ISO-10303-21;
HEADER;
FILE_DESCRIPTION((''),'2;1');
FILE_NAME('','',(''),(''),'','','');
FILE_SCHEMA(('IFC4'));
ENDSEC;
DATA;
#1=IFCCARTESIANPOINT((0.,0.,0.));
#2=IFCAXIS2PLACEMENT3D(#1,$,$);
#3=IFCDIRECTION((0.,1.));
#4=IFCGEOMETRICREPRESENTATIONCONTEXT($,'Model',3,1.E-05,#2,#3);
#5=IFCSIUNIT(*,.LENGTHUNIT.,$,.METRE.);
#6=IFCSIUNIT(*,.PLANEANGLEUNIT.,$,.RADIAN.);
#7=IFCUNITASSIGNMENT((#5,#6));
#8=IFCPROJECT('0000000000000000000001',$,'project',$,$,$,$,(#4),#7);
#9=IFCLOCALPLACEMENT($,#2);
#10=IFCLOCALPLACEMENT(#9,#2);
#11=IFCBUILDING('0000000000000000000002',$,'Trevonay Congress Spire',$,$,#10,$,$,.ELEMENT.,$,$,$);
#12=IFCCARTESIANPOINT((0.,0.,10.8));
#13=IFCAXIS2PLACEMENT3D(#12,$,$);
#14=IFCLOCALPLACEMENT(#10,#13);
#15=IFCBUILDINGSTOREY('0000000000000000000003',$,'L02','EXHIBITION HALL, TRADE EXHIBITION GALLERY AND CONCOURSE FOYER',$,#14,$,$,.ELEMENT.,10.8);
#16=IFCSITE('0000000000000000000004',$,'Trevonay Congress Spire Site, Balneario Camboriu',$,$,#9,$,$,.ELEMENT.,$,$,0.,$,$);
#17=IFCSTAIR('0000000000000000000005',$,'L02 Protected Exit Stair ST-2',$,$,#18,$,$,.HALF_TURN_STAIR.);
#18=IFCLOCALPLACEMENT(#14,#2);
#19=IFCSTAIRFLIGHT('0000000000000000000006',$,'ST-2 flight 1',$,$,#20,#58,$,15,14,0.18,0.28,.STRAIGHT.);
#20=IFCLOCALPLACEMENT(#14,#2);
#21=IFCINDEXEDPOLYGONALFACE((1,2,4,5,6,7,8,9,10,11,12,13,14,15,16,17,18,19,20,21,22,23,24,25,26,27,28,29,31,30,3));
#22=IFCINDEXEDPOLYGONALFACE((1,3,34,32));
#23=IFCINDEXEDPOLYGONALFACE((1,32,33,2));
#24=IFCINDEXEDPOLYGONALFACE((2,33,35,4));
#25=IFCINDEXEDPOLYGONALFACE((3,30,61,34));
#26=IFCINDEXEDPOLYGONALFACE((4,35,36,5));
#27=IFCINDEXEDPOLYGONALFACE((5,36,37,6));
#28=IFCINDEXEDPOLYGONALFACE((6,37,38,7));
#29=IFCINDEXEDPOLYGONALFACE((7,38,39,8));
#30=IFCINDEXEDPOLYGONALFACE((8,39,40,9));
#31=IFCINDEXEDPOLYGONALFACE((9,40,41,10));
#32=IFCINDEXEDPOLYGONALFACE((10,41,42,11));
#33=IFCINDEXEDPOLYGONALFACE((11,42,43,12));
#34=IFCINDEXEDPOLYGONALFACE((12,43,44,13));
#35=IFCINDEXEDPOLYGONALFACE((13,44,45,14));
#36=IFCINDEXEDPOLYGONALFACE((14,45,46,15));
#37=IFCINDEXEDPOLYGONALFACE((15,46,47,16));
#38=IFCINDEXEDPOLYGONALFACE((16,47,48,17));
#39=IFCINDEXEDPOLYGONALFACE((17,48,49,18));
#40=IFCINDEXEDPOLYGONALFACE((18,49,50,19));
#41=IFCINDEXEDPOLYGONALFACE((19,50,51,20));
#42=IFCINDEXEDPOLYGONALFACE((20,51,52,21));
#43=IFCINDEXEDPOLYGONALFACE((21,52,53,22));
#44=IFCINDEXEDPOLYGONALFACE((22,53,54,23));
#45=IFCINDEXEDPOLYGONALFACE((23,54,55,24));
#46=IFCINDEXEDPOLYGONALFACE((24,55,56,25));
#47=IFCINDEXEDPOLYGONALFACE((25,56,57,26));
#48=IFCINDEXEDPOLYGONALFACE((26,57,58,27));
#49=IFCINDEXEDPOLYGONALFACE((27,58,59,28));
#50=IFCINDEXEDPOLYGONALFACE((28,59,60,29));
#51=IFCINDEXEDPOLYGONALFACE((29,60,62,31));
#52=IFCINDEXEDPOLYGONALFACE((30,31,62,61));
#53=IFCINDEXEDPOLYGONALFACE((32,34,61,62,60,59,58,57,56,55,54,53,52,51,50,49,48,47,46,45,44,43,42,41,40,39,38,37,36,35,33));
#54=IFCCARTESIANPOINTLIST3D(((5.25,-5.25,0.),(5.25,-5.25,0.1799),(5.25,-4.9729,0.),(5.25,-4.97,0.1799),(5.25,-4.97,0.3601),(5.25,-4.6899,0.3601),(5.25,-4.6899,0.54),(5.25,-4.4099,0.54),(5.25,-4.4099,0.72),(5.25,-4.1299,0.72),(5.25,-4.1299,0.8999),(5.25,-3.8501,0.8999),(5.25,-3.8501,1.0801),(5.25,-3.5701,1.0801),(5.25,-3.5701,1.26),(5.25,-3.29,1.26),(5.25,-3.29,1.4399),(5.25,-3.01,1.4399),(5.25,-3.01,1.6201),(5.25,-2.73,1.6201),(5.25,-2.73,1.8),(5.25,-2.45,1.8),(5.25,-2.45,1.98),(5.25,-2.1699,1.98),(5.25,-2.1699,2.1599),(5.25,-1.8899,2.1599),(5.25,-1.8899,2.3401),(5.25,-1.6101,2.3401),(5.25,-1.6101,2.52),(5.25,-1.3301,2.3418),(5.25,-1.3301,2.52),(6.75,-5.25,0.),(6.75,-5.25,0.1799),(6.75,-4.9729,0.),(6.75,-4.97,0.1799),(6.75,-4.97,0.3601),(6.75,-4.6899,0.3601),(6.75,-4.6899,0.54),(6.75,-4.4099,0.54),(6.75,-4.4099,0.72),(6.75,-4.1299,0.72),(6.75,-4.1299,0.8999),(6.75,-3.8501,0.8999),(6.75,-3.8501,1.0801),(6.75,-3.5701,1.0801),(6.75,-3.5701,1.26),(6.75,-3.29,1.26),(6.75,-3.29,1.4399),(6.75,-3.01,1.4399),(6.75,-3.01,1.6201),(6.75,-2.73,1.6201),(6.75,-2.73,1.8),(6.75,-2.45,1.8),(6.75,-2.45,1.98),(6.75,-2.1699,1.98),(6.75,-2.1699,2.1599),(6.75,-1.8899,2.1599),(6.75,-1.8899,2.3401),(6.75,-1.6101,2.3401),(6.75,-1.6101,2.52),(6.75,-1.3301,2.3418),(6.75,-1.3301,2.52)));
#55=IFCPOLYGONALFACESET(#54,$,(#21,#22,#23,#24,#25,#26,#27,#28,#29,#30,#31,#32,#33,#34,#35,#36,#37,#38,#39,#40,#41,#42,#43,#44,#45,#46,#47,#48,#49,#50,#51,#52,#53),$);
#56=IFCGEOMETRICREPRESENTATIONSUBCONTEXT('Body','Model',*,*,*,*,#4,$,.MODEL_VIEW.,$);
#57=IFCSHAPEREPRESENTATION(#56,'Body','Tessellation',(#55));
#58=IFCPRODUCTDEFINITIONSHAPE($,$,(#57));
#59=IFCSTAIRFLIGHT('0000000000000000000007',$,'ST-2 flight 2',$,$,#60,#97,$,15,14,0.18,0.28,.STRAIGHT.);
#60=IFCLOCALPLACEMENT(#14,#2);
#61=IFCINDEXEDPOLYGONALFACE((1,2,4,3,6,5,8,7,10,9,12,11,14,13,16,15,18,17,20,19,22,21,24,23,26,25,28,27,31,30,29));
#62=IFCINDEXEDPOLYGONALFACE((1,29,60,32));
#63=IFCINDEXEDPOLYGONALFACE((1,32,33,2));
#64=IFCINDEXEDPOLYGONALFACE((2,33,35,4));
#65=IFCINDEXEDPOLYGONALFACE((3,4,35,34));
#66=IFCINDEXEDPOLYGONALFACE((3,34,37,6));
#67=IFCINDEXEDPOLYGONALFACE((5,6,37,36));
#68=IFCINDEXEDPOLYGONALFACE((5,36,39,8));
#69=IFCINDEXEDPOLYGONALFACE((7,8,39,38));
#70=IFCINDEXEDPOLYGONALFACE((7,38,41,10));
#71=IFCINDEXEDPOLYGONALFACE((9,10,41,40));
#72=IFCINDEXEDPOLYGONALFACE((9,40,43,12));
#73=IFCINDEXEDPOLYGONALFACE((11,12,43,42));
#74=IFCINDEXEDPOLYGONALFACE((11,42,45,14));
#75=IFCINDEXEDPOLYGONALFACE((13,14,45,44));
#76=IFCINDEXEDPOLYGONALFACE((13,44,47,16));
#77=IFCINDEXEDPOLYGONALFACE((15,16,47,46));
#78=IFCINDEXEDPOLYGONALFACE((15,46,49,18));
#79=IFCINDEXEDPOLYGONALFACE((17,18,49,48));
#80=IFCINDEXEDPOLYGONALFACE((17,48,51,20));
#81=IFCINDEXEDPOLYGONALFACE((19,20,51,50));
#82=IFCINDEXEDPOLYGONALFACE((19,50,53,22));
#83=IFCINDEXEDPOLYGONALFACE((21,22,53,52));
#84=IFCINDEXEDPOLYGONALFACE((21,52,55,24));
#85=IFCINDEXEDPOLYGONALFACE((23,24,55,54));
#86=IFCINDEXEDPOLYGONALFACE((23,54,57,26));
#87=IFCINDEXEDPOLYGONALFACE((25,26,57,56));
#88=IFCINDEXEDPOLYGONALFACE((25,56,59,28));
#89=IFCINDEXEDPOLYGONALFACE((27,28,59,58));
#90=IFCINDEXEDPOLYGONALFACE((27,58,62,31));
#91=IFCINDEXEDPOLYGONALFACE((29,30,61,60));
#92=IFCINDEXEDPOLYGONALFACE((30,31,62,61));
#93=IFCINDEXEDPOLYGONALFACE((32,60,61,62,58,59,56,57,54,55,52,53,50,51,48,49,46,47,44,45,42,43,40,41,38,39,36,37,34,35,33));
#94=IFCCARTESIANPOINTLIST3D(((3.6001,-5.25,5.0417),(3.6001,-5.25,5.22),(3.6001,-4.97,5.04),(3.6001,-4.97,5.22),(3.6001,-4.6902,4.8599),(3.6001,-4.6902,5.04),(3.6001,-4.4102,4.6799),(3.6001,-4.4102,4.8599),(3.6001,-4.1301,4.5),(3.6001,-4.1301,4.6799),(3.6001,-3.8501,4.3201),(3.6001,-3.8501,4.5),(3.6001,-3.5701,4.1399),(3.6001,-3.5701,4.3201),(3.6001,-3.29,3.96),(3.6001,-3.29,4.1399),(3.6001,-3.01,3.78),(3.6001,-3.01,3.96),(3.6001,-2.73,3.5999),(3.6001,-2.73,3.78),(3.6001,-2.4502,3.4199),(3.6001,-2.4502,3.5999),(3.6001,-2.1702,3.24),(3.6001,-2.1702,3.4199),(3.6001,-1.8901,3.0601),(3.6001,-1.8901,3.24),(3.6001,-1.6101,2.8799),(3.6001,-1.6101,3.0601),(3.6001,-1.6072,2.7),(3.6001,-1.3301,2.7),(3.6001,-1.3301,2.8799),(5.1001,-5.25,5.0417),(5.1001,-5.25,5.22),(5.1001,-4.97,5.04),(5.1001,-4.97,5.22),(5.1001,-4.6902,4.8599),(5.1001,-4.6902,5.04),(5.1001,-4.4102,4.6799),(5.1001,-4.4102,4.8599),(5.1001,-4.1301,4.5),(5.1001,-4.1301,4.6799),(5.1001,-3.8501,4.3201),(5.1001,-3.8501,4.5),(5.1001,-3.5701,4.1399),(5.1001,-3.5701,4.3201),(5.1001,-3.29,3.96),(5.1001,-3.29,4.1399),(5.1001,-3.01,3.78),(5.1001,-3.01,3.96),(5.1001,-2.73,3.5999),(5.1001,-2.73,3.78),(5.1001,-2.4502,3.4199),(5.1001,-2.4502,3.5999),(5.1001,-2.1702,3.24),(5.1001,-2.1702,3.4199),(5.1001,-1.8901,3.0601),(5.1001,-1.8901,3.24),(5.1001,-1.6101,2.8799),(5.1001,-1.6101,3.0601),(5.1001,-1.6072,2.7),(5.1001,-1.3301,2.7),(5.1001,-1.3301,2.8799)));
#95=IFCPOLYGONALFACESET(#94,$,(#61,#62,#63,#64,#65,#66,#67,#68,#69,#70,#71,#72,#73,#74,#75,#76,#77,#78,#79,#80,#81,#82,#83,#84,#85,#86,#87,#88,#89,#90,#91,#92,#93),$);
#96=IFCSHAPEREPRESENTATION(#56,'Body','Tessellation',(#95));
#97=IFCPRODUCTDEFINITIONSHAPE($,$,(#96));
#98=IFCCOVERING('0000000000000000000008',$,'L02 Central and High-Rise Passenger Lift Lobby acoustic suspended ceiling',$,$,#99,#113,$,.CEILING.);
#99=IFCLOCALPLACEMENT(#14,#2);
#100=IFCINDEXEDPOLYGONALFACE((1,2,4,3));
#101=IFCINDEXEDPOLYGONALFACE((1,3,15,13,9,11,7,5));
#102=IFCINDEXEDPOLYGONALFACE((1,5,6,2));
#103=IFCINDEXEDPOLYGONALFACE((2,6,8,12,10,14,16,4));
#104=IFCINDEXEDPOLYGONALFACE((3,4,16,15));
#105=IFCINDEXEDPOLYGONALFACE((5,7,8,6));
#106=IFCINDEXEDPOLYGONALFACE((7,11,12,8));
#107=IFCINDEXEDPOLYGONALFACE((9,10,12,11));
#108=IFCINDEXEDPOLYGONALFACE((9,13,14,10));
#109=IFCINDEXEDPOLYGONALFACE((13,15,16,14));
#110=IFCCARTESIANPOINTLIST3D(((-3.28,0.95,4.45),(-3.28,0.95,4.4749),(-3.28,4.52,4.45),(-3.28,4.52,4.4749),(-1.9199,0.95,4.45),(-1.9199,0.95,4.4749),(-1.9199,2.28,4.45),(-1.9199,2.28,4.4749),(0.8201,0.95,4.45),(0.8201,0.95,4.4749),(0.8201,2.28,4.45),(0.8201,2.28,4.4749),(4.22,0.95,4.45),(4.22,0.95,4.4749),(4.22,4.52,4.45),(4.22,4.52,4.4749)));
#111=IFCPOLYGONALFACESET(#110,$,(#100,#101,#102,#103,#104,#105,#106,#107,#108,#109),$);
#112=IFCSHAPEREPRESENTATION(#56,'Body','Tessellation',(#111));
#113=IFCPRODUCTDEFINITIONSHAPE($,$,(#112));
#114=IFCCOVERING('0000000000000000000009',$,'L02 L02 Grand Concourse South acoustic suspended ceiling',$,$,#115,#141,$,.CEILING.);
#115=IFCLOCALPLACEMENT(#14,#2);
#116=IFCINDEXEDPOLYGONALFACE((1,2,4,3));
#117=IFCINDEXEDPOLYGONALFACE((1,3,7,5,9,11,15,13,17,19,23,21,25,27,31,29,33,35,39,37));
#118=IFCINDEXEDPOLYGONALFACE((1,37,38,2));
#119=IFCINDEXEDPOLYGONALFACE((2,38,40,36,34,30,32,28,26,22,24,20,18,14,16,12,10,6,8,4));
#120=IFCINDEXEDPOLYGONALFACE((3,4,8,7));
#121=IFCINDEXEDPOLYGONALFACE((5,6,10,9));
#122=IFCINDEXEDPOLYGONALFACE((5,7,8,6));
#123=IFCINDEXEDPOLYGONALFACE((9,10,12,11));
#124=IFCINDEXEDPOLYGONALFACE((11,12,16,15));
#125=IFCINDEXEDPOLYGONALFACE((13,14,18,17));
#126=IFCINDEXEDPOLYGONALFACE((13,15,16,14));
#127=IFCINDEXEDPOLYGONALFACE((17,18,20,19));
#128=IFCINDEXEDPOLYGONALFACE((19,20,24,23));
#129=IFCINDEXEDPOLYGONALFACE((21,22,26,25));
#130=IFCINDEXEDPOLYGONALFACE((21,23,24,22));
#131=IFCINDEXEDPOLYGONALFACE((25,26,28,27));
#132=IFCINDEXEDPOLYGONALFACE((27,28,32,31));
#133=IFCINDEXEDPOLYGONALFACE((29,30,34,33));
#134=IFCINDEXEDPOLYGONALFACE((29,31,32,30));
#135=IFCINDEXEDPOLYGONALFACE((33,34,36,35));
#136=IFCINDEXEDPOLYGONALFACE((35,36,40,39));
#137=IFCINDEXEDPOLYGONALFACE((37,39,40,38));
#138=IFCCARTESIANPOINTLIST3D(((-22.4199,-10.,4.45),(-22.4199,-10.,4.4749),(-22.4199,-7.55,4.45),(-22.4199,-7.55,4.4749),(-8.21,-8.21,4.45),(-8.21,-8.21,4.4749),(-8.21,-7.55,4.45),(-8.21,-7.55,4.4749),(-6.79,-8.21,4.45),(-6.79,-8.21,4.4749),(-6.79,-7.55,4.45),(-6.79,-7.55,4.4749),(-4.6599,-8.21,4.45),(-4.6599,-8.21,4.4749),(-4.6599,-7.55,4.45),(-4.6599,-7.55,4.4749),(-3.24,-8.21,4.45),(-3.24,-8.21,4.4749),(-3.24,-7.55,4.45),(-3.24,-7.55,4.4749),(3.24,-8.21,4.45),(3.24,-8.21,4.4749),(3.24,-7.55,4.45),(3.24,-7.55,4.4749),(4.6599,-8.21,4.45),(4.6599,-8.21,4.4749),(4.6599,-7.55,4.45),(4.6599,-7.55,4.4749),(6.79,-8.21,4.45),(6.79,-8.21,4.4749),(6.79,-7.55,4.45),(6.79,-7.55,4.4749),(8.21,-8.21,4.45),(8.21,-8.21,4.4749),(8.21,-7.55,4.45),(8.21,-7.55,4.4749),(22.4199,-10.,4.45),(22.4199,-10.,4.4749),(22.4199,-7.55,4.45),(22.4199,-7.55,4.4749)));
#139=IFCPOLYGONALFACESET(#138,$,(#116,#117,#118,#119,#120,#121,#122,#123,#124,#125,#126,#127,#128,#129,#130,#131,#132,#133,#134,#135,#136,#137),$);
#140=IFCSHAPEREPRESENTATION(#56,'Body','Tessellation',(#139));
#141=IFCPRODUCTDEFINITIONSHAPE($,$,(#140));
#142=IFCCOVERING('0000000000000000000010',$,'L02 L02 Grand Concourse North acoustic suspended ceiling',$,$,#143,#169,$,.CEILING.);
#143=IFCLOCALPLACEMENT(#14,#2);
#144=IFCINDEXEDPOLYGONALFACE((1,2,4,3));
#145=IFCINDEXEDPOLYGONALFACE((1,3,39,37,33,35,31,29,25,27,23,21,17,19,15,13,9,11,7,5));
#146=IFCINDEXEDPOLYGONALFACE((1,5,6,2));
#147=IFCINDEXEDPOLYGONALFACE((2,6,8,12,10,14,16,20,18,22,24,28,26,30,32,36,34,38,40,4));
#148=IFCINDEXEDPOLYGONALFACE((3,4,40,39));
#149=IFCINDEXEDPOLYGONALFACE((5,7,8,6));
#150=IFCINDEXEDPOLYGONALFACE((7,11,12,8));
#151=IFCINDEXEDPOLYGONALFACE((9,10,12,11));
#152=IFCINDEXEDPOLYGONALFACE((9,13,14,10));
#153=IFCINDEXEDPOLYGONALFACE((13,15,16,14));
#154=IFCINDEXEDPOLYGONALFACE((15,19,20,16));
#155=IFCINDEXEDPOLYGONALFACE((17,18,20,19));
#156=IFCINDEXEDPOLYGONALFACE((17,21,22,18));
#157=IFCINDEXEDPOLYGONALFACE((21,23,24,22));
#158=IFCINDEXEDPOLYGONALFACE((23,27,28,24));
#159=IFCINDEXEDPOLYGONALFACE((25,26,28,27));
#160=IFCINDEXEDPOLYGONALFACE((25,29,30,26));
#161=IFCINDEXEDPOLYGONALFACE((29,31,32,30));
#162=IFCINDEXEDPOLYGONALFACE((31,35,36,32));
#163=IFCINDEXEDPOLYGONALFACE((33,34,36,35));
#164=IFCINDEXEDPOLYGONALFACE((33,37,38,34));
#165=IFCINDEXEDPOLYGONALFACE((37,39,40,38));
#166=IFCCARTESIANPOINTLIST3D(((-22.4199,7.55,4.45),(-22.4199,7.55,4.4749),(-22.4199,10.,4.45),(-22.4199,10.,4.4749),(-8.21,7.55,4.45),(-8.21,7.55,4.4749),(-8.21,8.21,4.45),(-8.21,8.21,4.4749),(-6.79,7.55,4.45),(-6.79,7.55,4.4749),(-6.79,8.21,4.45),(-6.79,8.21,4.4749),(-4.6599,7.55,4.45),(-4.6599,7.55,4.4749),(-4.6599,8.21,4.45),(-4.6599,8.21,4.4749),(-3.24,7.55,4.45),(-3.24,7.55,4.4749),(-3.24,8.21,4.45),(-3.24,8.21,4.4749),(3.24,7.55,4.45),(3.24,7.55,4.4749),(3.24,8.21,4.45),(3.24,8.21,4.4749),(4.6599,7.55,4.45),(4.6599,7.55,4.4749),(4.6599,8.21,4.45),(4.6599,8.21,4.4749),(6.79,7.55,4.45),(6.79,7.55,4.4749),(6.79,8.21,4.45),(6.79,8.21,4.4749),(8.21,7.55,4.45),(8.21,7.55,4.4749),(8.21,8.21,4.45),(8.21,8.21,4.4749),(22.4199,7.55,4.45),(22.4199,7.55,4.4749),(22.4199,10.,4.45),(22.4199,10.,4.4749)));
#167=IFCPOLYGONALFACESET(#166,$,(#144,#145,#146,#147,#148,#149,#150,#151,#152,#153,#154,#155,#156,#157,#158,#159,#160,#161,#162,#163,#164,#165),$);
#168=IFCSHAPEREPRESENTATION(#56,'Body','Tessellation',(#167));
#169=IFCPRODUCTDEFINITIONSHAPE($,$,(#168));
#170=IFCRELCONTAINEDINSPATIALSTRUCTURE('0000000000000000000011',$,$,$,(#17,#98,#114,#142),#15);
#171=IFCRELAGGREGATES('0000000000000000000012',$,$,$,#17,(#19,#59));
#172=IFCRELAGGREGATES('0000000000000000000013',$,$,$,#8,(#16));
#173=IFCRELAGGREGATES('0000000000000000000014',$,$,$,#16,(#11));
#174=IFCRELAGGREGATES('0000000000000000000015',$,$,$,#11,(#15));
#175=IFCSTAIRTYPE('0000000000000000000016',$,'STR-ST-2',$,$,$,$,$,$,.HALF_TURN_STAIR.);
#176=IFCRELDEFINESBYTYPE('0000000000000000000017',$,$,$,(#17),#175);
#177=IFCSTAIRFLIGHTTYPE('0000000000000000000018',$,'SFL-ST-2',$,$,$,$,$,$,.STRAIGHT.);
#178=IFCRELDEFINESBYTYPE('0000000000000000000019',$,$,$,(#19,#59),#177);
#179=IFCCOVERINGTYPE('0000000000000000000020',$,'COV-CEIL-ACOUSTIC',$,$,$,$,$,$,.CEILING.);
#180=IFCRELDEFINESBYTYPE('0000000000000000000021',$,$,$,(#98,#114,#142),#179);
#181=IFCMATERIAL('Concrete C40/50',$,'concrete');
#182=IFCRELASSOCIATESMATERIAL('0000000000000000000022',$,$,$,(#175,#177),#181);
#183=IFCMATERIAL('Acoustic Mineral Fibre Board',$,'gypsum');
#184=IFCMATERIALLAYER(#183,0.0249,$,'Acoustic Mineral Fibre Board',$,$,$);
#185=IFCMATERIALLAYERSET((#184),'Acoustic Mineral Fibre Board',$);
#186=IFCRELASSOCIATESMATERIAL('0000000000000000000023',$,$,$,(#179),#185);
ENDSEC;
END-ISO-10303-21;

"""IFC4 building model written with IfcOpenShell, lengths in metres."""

from ifc_helpers import new_model, si_unit, direction, frame, origin, place, context, subcontext, project, spatial, polyline, outline, extrude, material, layer, layer_set, type_object, element, aggregate, save


model = new_model("IFC4")

# Units and contexts
model_context = context("Model", 3, precision=1e-05, world=origin(), true_north=direction((0.0, 1.0)))
body_context = subcontext(model_context, "Body", "Model", "MODEL_VIEW")
ifc_project = project(units=[si_unit("LENGTHUNIT", "METRE"), si_unit("PLANEANGLEUNIT", "RADIAN")], contexts=[model_context])

# Site, building, storey
site_placement = place(None, origin())
site = spatial("IfcSite", under=ifc_project, at=site_placement, Name="Trevonay Congress Spire Site, Balneario Camboriu", CompositionType="ELEMENT", RefElevation=0.0)
building_placement = place(site_placement, origin())
building = spatial("IfcBuilding", under=site, at=building_placement, Name="Trevonay Congress Spire", CompositionType="ELEMENT")
storey_placement = place(building_placement, frame((0.0, 0.0, 10.8)))
storey = spatial("IfcBuildingStorey", under=building, at=storey_placement, Name="L02", Description="EXHIBITION HALL, TRADE EXHIBITION GALLERY AND CONCOURSE FOYER", CompositionType="ELEMENT", Elevation=10.8)

# Shared definitions
ifc_material_1 = material(Name="Concrete C40/50", Category="concrete")

# Stair, stair flights
stair_type = type_object("IfcStairType", Name="STR-ST-2", PredefinedType="HALF_TURN_STAIR", material=ifc_material_1)
stair_placement = place(storey_placement, origin())
stair = element("IfcStair", 1, at=stair_placement, inside=storey, type_object=stair_type, Name="L02 Protected Exit Stair ST-2", PredefinedType="HALF_TURN_STAIR")
stair_flight_type = type_object("IfcStairFlightType", Name="SFL-ST-2", PredefinedType="STRAIGHT", material=ifc_material_1)
stair_flight_1_placement = place(storey_placement, frame((6.0, -5.25, 0.0), z_axis=(0.0, 0.0, 1.0), x_axis=(0.0, 1.0, 0.0)))
stair_flight_1 = element("IfcStairFlight", 2, at=stair_flight_1_placement, type_object=stair_flight_type, Name="ST-2 flight 1", NumberOfRisers=15, NumberOfTreads=14, PredefinedType="STRAIGHT", RiserHeight=0.18, TreadLength=0.28, context=body_context, shape_type="SweptSolid", body=[
    extrude(outline(polyline([(0.0, 0.0), (0.0, 0.1799), (0.28, 0.1799), (0.28, 0.3601), (0.5601, 0.3601), (0.5601, 0.54), (0.8401, 0.54), (0.8401, 0.72), (1.1201, 0.72), (1.1201, 0.8999), (1.3999, 0.8999), (1.3999, 1.0801), (1.6799, 1.0801), (1.6799, 1.26), (1.96, 1.26), (1.96, 1.4399), (2.24, 1.4399), (2.24, 1.6201), (2.52, 1.6201), (2.52, 1.8), (2.8, 1.8), (2.8, 1.98), (3.0801, 1.98), (3.0801, 2.1599), (3.3601, 2.1599), (3.3601, 2.3401), (3.6399, 2.3401), (3.6399, 2.52), (3.9199, 2.52), (3.9199, 2.7), (3.9199, 2.3418), (0.2771, 0.0), (0.0, 0.0)])), frame((0.0, 0.75, 0.0), z_axis=(0.0, -1.0, 0.0), x_axis=(1.0, 0.0, 0.0)), (0.0, 0.0, 1.0), 1.5),
])
stair_flight_2_placement = place(storey_placement, frame((4.3501, -1.3301, 2.7), z_axis=(0.0, 0.0, 1.0), x_axis=(0.0, -1.0, 0.0)))
stair_flight_2 = element("IfcStairFlight", 3, at=stair_flight_2_placement, type_object=stair_flight_type, Name="ST-2 flight 2", NumberOfRisers=15, NumberOfTreads=14, PredefinedType="STRAIGHT", RiserHeight=0.18, TreadLength=0.28, context=body_context, shape_type="SweptSolid", body=[
    extrude(outline(polyline([(0.0, 0.0), (0.0, 0.1799), (0.28, 0.1799), (0.28, 0.3601), (0.5601, 0.3601), (0.5601, 0.54), (0.8401, 0.54), (0.8401, 0.72), (1.1201, 0.72), (1.1201, 0.8999), (1.3999, 0.8999), (1.3999, 1.0801), (1.6799, 1.0801), (1.6799, 1.26), (1.96, 1.26), (1.96, 1.4399), (2.24, 1.4399), (2.24, 1.6201), (2.52, 1.6201), (2.52, 1.8), (2.8, 1.8), (2.8, 1.98), (3.0801, 1.98), (3.0801, 2.1599), (3.3601, 2.1599), (3.3601, 2.3401), (3.6399, 2.3401), (3.6399, 2.52), (3.9199, 2.52), (3.9199, 2.7), (3.9199, 2.3418), (0.2771, 0.0), (0.0, 0.0)])), frame((0.0, 0.75, 0.0), z_axis=(0.0, -1.0, 0.0), x_axis=(1.0, 0.0, 0.0)), (0.0, 0.0, 1.0), 1.5),
])
aggregate(stair, [stair_flight_1, stair_flight_2])

# Coverings
ifc_material_2 = material(Name="Acoustic Mineral Fibre Board", Category="gypsum")
ifc_layer_1 = layer(ifc_material_2, 0.0249, Name="Acoustic Mineral Fibre Board")
ifc_layer_set_1 = layer_set([ifc_layer_1], Name="Acoustic Mineral Fibre Board")
covering_type_1 = type_object("IfcCoveringType", Name="COV-CEIL-ACOUSTIC", PredefinedType="CEILING", material=ifc_layer_set_1)
covering_1_placement = place(storey_placement, frame((0.0, 0.0, 4.45)))
element("IfcCovering", 4, at=covering_1_placement, inside=storey, type_object=covering_type_1, Name="L02 Central and High-Rise Passenger Lift Lobby acoustic suspended ceiling", PredefinedType="CEILING", context=body_context, shape_type="SweptSolid", body=[
    extrude(outline(polyline([(-3.28, 0.95), (-1.9199, 0.95), (-1.9199, 2.28), (0.8201, 2.28), (0.8201, 0.95), (4.22, 0.95), (4.22, 4.52), (-3.28, 4.52), (-3.28, 0.95)])), origin(), (0.0, 0.0, 1.0), 0.0249),
])
covering_2_placement = place(storey_placement, frame((0.0, 0.0, 4.45)))
element("IfcCovering", 5, at=covering_2_placement, inside=storey, type_object=covering_type_1, Name="L02 L02 Grand Concourse South acoustic suspended ceiling", PredefinedType="CEILING", context=body_context, shape_type="SweptSolid", body=[
    extrude(outline(polyline([(22.4199, -7.55), (22.4199, -10.0), (-22.4199, -10.0), (-22.4199, -7.55), (-8.21, -7.55), (-8.21, -8.21), (-6.79, -8.21), (-6.79, -7.55), (-4.6599, -7.55), (-4.6599, -8.21), (-3.24, -8.21), (-3.24, -7.55), (3.24, -7.55), (3.24, -8.21), (4.6599, -8.21), (4.6599, -7.55), (6.79, -7.55), (6.79, -8.21), (8.21, -8.21), (8.21, -7.55), (22.4199, -7.55)])), origin(), (0.0, 0.0, 1.0), 0.0249),
])
covering_3_placement = place(storey_placement, frame((0.0, 0.0, 4.45)))
element("IfcCovering", 6, at=covering_3_placement, inside=storey, type_object=covering_type_1, Name="L02 L02 Grand Concourse North acoustic suspended ceiling", PredefinedType="CEILING", context=body_context, shape_type="SweptSolid", body=[
    extrude(outline(polyline([(-22.4199, 7.55), (-22.4199, 10.0), (22.4199, 10.0), (22.4199, 7.55), (8.21, 7.55), (8.21, 8.21), (6.79, 8.21), (6.79, 7.55), (4.6599, 7.55), (4.6599, 8.21), (3.24, 8.21), (3.24, 7.55), (-3.24, 7.55), (-3.24, 8.21), (-4.6599, 8.21), (-4.6599, 7.55), (-6.79, 7.55), (-6.79, 8.21), (-8.21, 8.21), (-8.21, 7.55), (-22.4199, 7.55)])), origin(), (0.0, 0.0, 1.0), 0.0249),
])

save(model, "model.ifc")
